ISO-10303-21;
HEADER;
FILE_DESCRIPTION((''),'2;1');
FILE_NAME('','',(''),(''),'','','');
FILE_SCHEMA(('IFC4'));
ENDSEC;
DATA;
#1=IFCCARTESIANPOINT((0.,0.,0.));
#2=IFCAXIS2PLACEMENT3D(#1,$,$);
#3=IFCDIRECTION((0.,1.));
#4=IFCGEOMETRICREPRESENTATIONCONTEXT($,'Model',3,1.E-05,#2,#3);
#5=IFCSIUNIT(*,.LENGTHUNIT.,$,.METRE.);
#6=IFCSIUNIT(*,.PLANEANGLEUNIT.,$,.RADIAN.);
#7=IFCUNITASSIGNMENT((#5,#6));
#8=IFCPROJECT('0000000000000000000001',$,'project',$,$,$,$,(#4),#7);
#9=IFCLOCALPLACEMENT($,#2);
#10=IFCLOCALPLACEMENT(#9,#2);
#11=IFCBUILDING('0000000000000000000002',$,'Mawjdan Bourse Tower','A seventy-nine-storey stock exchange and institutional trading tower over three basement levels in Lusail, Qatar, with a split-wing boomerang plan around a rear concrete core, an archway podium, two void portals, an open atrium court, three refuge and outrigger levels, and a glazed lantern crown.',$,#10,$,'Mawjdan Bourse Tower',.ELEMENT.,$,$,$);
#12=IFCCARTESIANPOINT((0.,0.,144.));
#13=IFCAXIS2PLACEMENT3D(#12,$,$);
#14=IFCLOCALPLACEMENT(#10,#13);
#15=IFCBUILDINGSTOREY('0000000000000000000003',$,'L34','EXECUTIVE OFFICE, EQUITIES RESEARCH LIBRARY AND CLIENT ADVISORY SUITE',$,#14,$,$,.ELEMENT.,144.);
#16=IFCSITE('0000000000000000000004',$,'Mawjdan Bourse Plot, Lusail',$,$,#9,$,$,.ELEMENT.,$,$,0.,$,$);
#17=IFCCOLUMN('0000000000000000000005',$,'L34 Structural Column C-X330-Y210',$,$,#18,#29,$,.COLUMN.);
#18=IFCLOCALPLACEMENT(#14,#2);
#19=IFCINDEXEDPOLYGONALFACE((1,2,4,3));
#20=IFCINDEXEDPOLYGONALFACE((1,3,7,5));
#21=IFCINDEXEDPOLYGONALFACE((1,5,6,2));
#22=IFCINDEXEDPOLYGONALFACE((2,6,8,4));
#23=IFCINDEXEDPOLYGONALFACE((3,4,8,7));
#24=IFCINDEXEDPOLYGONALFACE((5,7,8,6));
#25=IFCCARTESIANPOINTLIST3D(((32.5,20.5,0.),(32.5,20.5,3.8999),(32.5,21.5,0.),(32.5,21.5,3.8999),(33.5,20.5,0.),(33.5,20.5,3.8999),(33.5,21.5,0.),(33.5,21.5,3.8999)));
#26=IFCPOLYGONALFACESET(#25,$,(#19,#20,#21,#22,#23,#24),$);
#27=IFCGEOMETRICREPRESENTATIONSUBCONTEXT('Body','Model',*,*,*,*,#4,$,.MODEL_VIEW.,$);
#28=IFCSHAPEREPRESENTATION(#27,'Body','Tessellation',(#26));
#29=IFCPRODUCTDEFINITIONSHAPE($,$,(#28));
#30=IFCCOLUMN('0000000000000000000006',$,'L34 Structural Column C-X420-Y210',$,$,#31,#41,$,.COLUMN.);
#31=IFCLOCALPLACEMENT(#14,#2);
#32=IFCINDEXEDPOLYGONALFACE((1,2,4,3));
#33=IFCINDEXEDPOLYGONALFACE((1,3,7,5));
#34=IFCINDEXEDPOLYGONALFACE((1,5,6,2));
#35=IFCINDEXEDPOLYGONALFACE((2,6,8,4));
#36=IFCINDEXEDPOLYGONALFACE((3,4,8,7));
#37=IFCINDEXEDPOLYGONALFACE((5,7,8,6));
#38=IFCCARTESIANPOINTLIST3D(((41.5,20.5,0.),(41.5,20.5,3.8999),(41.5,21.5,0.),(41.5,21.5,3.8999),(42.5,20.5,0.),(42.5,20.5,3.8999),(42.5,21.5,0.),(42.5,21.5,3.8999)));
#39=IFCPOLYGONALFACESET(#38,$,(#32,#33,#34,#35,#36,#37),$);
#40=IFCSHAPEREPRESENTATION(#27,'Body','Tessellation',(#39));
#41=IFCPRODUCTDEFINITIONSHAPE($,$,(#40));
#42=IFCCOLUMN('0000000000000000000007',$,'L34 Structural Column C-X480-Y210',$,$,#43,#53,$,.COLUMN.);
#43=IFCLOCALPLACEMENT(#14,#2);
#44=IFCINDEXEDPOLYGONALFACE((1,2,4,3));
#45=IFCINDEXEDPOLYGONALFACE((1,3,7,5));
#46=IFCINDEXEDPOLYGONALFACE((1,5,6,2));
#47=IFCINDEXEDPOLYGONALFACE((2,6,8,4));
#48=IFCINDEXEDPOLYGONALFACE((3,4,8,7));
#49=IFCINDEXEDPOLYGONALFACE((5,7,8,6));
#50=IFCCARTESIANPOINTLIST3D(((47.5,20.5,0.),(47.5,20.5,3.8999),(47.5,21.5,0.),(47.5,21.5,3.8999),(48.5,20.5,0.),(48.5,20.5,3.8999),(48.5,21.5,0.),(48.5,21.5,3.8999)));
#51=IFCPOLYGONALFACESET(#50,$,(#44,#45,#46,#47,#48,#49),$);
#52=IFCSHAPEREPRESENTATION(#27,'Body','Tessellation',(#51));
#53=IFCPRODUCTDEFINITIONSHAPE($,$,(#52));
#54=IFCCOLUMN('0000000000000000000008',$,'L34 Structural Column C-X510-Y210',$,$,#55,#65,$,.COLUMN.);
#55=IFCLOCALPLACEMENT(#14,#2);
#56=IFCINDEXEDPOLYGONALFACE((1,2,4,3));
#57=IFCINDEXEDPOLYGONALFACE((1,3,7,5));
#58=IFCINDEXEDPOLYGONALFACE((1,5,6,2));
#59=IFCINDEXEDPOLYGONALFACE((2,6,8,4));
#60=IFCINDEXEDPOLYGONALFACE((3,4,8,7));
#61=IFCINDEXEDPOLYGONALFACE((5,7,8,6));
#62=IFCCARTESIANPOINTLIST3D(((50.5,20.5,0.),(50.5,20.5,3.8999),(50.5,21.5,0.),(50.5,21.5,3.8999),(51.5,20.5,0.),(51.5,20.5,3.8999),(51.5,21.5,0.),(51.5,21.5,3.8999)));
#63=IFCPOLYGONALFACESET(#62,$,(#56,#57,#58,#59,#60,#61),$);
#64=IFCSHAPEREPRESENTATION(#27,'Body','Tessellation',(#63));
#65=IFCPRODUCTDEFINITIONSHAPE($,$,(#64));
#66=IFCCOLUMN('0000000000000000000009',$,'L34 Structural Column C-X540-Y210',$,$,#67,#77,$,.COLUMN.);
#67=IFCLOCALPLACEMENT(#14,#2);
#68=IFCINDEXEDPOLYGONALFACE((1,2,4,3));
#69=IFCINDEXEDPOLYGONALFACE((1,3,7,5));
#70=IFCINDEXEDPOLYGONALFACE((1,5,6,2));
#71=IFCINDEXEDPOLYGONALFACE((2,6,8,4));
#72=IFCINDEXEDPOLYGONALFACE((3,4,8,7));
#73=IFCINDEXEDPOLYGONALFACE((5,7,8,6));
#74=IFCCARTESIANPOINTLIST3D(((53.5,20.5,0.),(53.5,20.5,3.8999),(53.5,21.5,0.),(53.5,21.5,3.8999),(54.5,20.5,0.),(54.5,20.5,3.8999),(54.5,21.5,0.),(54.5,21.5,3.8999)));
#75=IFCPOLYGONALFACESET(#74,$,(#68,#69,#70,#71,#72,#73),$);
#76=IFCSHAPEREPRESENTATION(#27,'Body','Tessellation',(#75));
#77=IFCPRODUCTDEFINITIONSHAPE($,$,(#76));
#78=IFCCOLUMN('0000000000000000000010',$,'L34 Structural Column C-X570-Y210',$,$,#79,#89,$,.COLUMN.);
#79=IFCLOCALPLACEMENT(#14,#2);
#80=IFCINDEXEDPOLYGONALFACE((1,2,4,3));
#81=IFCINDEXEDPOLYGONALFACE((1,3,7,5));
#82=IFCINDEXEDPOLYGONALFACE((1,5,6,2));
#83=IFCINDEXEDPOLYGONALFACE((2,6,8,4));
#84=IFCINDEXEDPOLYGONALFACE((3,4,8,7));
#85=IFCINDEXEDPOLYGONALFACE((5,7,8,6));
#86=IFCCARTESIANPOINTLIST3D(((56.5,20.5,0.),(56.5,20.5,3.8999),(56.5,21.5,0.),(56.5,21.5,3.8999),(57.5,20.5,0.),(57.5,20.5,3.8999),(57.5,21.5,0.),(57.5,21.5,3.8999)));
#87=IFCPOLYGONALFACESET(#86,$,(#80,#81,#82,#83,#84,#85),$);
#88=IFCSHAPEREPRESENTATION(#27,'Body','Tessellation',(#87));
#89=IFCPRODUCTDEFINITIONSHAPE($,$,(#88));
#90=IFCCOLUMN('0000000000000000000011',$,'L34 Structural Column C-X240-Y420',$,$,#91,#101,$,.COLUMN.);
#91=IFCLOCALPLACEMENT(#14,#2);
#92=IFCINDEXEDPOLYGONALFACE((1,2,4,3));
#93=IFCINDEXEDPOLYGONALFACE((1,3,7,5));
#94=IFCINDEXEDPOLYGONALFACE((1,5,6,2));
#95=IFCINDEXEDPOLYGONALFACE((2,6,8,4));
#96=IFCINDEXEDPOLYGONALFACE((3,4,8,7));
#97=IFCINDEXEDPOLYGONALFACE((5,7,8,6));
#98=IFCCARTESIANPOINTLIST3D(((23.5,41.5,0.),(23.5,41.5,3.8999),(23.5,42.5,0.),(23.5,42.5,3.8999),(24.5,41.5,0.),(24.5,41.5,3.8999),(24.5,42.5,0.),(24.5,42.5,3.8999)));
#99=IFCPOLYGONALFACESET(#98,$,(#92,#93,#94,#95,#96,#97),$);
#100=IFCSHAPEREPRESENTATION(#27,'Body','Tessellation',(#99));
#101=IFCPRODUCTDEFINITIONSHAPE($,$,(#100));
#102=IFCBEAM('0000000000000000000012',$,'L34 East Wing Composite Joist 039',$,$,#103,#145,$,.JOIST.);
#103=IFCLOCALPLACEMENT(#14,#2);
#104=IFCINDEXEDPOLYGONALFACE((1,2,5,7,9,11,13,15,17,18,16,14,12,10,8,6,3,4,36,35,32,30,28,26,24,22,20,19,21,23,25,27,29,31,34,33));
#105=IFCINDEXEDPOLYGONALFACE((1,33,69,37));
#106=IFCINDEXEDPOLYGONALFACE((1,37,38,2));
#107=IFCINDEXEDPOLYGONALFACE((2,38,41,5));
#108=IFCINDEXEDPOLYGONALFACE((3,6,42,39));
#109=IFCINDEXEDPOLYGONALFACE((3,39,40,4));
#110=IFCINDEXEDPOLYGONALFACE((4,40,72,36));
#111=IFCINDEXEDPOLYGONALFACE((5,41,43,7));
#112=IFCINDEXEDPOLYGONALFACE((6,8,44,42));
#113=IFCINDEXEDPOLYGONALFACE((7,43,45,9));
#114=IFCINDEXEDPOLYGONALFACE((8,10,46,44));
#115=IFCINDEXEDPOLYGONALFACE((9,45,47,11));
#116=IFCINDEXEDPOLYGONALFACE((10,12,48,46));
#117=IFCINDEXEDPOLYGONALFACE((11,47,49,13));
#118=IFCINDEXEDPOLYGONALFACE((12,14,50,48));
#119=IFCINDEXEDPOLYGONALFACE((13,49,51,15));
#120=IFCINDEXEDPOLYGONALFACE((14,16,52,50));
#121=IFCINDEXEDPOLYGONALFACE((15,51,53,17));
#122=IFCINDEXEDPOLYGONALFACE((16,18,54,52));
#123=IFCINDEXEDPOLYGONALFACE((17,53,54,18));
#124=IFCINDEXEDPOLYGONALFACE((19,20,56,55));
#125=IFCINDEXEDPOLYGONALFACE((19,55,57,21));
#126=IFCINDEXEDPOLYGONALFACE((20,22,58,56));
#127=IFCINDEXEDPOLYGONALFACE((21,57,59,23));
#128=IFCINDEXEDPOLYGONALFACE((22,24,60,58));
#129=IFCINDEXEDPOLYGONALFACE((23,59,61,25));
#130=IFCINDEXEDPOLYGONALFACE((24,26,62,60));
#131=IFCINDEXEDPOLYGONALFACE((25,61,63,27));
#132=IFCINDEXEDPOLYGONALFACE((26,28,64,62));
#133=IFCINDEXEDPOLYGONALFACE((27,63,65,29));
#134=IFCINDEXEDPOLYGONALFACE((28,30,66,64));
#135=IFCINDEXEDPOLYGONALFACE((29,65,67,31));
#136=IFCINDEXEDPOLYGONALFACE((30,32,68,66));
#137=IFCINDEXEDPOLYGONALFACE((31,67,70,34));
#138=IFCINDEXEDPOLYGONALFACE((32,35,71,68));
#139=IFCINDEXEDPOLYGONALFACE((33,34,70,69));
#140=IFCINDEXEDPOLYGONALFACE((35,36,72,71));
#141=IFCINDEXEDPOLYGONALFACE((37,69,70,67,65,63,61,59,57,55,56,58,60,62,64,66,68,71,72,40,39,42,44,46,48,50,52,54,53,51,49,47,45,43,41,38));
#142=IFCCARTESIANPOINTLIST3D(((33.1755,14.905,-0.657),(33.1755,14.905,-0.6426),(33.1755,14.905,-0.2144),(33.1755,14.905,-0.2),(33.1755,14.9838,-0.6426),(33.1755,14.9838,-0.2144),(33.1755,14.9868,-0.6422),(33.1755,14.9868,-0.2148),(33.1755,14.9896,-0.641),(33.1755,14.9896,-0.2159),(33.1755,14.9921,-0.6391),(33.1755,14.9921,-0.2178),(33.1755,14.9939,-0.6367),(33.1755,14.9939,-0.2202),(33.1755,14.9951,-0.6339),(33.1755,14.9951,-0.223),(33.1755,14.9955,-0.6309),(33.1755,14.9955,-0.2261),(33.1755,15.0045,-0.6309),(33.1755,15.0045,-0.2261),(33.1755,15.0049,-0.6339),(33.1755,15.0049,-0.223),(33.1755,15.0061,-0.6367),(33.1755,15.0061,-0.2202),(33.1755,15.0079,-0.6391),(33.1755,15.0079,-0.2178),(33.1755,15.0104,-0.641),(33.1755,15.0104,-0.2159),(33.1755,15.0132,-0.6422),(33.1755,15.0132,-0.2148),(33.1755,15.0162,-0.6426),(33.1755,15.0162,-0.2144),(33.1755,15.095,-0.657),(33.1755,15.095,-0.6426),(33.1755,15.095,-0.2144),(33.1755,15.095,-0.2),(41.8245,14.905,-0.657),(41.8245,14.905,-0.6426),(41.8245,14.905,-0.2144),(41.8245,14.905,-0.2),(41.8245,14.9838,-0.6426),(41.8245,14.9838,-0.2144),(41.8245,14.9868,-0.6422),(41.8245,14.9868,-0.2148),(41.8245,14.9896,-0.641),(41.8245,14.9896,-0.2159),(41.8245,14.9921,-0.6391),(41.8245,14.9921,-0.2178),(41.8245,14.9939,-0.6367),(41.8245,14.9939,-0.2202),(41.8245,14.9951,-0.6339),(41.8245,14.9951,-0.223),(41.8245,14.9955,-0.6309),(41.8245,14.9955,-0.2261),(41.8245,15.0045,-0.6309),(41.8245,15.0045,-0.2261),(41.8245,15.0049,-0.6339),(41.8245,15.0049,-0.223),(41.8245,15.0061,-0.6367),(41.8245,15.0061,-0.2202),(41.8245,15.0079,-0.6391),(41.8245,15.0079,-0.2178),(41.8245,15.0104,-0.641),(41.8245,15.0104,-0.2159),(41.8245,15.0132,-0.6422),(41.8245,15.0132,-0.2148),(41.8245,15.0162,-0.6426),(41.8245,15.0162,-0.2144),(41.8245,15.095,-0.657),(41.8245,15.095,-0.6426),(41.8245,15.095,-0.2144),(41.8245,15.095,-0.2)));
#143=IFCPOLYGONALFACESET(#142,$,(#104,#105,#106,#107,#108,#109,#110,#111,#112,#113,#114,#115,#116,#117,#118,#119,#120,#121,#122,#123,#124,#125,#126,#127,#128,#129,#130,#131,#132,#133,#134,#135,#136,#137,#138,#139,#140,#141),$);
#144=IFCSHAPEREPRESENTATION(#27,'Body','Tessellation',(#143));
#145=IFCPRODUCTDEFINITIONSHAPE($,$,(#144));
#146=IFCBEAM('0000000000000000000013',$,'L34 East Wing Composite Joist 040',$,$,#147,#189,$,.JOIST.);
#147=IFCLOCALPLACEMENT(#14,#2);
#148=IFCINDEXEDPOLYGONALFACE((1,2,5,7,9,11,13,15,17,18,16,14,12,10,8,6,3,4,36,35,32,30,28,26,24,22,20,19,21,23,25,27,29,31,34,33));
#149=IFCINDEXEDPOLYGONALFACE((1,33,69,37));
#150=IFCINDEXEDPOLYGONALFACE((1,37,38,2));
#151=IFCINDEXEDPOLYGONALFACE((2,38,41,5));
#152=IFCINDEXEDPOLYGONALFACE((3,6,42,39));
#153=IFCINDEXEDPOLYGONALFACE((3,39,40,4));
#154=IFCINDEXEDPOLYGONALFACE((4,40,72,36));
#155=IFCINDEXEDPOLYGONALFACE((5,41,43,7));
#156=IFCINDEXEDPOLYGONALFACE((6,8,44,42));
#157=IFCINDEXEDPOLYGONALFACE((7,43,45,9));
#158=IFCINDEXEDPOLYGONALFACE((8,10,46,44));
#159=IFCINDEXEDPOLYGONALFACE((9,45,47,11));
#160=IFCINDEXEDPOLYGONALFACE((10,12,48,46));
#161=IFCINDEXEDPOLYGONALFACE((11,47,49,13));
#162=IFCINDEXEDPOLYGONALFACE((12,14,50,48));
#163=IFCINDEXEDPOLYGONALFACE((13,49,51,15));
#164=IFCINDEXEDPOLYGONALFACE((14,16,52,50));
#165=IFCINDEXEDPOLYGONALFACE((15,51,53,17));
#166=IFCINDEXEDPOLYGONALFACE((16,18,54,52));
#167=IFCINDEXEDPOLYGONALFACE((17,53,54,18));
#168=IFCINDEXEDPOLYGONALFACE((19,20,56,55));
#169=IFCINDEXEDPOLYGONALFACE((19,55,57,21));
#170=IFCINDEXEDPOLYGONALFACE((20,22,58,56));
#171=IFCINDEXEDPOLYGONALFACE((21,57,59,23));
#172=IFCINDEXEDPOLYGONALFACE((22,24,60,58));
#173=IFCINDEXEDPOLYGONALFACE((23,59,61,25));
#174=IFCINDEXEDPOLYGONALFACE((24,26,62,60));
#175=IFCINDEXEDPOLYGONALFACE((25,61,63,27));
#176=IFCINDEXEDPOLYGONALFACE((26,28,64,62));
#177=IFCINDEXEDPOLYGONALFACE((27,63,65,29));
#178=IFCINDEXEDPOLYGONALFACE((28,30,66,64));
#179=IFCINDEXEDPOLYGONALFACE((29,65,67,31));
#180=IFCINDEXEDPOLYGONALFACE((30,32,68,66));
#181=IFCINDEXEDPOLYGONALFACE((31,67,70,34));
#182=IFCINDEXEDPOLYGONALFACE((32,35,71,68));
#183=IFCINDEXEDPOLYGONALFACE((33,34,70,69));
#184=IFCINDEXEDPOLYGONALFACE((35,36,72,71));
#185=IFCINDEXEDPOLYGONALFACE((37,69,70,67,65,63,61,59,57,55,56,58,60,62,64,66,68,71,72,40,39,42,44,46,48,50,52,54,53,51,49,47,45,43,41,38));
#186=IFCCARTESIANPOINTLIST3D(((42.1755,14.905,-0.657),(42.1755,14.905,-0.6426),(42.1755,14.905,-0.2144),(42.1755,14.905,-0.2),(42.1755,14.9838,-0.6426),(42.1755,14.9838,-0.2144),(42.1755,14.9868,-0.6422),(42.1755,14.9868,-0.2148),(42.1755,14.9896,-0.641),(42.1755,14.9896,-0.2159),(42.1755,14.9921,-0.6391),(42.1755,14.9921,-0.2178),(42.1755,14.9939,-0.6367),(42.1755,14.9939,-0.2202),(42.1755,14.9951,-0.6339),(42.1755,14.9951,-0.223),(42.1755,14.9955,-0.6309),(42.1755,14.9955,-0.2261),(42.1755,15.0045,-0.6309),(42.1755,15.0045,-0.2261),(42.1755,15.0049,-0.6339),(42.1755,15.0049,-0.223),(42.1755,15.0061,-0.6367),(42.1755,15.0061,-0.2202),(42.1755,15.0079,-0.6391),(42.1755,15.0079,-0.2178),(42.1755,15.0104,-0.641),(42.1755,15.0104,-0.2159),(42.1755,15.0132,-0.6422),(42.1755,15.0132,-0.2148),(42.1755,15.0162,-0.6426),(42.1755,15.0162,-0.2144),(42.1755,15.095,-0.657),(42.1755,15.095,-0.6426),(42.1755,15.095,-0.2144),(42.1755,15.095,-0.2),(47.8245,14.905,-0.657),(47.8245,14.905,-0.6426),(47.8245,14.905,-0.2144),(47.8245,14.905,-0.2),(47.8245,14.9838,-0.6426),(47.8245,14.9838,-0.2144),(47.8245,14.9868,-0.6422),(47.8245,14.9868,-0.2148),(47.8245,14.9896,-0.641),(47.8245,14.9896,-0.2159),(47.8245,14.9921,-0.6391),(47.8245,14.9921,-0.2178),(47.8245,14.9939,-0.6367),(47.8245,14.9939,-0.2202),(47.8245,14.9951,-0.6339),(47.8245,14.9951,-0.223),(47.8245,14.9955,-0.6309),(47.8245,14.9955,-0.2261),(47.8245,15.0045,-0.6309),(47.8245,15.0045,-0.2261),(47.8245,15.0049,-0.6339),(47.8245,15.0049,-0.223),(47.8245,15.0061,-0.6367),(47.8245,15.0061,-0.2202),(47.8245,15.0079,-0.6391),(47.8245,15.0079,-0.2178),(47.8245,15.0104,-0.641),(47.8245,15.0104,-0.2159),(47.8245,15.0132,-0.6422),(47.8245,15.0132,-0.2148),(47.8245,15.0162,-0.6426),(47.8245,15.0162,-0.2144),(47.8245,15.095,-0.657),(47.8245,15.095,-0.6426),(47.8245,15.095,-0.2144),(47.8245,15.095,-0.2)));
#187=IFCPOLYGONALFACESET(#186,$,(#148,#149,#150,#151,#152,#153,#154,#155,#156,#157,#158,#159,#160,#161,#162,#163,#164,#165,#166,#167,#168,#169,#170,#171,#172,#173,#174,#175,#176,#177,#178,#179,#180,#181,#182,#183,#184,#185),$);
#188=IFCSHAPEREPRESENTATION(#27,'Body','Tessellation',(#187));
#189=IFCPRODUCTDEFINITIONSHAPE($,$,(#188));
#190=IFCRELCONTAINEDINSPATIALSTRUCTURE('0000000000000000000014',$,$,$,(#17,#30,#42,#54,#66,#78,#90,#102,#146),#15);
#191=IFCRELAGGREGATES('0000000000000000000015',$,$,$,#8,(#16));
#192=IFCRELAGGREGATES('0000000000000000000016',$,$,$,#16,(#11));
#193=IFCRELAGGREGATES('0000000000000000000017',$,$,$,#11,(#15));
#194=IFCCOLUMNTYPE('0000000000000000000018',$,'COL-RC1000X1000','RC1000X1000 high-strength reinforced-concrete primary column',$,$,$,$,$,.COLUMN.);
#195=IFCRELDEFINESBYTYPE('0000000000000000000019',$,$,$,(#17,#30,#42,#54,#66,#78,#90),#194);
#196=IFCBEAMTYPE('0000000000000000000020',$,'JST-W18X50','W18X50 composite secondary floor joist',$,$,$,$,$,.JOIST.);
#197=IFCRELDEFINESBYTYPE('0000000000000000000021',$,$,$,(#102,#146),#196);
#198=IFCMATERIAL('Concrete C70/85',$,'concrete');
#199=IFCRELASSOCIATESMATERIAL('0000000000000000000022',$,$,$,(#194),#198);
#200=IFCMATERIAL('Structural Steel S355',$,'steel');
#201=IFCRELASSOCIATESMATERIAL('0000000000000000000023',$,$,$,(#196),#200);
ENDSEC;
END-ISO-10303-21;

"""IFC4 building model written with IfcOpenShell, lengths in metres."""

from ifc_helpers import new_model, si_unit, direction, frame, origin, origin_2d, place, context, subcontext, project, spatial, rectangle, i_section, extrude, material, material_profile, profile_set, type_object, element, save


model = new_model("IFC4")

# Units and contexts
model_context = context("Model", 3, precision=1e-05, world=origin(), true_north=direction((0.0, 1.0)))
body_context = subcontext(model_context, "Body", "Model", "MODEL_VIEW")
ifc_project = project(units=[si_unit("LENGTHUNIT", "METRE"), si_unit("PLANEANGLEUNIT", "RADIAN")], contexts=[model_context])

# Site, building, storey
site_placement = place(None, origin())
site = spatial("IfcSite", under=ifc_project, at=site_placement, Name="Mawjdan Bourse Plot, Lusail", CompositionType="ELEMENT", RefElevation=0.0)
building_placement = place(site_placement, origin())
building = spatial("IfcBuilding", under=site, at=building_placement, Name="Mawjdan Bourse Tower", Description="A seventy-nine-storey stock exchange and institutional trading tower over three basement levels in Lusail, Qatar, with a split-wing boomerang plan around a rear concrete core, an archway podium, two void portals, an open atrium court, three refuge and outrigger levels, and a glazed lantern crown.", LongName="Mawjdan Bourse Tower", CompositionType="ELEMENT")
storey_placement = place(building_placement, frame((0.0, 0.0, 144.0)))
storey = spatial("IfcBuildingStorey", under=building, at=storey_placement, Name="L34", Description="EXECUTIVE OFFICE, EQUITIES RESEARCH LIBRARY AND CLIENT ADVISORY SUITE", CompositionType="ELEMENT", Elevation=144.0)

# Columns
ifc_material_1 = material(Name="Concrete C70/85", Category="concrete")
ifc_material_profile_1 = material_profile(ifc_material_1, rectangle(XDim=1.0, YDim=1.0, at=origin_2d()), Name="RC1000X1000")
ifc_profile_set_1 = profile_set([ifc_material_profile_1], Name="Concrete C70/85")
column_type = type_object("IfcColumnType", Name="COL-RC1000X1000", Description="RC1000X1000 high-strength reinforced-concrete primary column", PredefinedType="COLUMN", material=ifc_profile_set_1)
for number, where, z_axis, x_axis, name in (
    (1, (33.0, 21.0, 0.0), (0.0, 0.0, 1.0), (1.0, 0.0, 0.0), "L34 Structural Column C-X330-Y210"),
    (2, (42.0, 21.0, 0.0), (0.0, 0.0, 1.0), (1.0, 0.0, 0.0), "L34 Structural Column C-X420-Y210"),
    (3, (48.0, 21.0, 0.0), (0.0, 0.0, 1.0), (1.0, 0.0, 0.0), "L34 Structural Column C-X480-Y210"),
    (4, (51.0, 21.0, 0.0), (0.0, 0.0, 1.0), (1.0, 0.0, 0.0), "L34 Structural Column C-X510-Y210"),
    (5, (54.0, 21.0, 0.0), (0.0, 0.0, 1.0), (1.0, 0.0, 0.0), "L34 Structural Column C-X540-Y210"),
    (6, (57.0, 21.0, 0.0), (0.0, 0.0, 1.0), (1.0, 0.0, 0.0), "L34 Structural Column C-X570-Y210"),
    (7, (24.0, 42.0, 0.0), (0.0, 0.0, 1.0), (1.0, 0.0, 0.0), "L34 Structural Column C-X240-Y420"),
):
    element("IfcColumn", number, at=place(storey_placement, frame(where, z_axis=z_axis, x_axis=x_axis)), inside=storey, type_object=column_type, Name=name, PredefinedType="COLUMN", context=body_context, shape_type="SweptSolid", body=[
        extrude(rectangle(XDim=1.0, YDim=1.0, at=origin_2d()), origin(), (0.0, 0.0, 1.0), 3.8999),
    ])

# Beams
ifc_material_2 = material(Name="Structural Steel S355", Category="steel")
ifc_material_profile_2 = material_profile(ifc_material_2, i_section(OverallWidth=0.1899, OverallDepth=0.457, WebThickness=0.009, FlangeThickness=0.0144, FilletRadius=0.0117, at=origin_2d()), Name="W18X50")
ifc_profile_set_2 = profile_set([ifc_material_profile_2], Name="Structural Steel S355")
beam_type_1 = type_object("IfcBeamType", Name="JST-W18X50", Description="W18X50 composite secondary floor joist", PredefinedType="JOIST", material=ifc_profile_set_2)
beam_1_placement = place(storey_placement, frame((33.1755, 15.0, -0.4285), z_axis=(1.0, 0.0, 0.0), x_axis=(0.0, 1.0, 0.0)))
element("IfcBeam", 8, at=beam_1_placement, inside=storey, type_object=beam_type_1, Name="L34 East Wing Composite Joist 039", PredefinedType="JOIST", context=body_context, shape_type="SweptSolid", body=[
    extrude(i_section(OverallWidth=0.1899, OverallDepth=0.457, WebThickness=0.009, FlangeThickness=0.0144, FilletRadius=0.0117, at=origin_2d()), origin(), (0.0, 0.0, 1.0), 8.6489),
])
beam_2_placement = place(storey_placement, frame((42.1755, 15.0, -0.4285), z_axis=(1.0, 0.0, 0.0), x_axis=(0.0, 1.0, 0.0)))
element("IfcBeam", 9, at=beam_2_placement, inside=storey, type_object=beam_type_1, Name="L34 East Wing Composite Joist 040", PredefinedType="JOIST", context=body_context, shape_type="SweptSolid", body=[
    extrude(i_section(OverallWidth=0.1899, OverallDepth=0.457, WebThickness=0.009, FlangeThickness=0.0144, FilletRadius=0.0117, at=origin_2d()), origin(), (0.0, 0.0, 1.0), 5.6489),
])

save(model, "model.ifc")
